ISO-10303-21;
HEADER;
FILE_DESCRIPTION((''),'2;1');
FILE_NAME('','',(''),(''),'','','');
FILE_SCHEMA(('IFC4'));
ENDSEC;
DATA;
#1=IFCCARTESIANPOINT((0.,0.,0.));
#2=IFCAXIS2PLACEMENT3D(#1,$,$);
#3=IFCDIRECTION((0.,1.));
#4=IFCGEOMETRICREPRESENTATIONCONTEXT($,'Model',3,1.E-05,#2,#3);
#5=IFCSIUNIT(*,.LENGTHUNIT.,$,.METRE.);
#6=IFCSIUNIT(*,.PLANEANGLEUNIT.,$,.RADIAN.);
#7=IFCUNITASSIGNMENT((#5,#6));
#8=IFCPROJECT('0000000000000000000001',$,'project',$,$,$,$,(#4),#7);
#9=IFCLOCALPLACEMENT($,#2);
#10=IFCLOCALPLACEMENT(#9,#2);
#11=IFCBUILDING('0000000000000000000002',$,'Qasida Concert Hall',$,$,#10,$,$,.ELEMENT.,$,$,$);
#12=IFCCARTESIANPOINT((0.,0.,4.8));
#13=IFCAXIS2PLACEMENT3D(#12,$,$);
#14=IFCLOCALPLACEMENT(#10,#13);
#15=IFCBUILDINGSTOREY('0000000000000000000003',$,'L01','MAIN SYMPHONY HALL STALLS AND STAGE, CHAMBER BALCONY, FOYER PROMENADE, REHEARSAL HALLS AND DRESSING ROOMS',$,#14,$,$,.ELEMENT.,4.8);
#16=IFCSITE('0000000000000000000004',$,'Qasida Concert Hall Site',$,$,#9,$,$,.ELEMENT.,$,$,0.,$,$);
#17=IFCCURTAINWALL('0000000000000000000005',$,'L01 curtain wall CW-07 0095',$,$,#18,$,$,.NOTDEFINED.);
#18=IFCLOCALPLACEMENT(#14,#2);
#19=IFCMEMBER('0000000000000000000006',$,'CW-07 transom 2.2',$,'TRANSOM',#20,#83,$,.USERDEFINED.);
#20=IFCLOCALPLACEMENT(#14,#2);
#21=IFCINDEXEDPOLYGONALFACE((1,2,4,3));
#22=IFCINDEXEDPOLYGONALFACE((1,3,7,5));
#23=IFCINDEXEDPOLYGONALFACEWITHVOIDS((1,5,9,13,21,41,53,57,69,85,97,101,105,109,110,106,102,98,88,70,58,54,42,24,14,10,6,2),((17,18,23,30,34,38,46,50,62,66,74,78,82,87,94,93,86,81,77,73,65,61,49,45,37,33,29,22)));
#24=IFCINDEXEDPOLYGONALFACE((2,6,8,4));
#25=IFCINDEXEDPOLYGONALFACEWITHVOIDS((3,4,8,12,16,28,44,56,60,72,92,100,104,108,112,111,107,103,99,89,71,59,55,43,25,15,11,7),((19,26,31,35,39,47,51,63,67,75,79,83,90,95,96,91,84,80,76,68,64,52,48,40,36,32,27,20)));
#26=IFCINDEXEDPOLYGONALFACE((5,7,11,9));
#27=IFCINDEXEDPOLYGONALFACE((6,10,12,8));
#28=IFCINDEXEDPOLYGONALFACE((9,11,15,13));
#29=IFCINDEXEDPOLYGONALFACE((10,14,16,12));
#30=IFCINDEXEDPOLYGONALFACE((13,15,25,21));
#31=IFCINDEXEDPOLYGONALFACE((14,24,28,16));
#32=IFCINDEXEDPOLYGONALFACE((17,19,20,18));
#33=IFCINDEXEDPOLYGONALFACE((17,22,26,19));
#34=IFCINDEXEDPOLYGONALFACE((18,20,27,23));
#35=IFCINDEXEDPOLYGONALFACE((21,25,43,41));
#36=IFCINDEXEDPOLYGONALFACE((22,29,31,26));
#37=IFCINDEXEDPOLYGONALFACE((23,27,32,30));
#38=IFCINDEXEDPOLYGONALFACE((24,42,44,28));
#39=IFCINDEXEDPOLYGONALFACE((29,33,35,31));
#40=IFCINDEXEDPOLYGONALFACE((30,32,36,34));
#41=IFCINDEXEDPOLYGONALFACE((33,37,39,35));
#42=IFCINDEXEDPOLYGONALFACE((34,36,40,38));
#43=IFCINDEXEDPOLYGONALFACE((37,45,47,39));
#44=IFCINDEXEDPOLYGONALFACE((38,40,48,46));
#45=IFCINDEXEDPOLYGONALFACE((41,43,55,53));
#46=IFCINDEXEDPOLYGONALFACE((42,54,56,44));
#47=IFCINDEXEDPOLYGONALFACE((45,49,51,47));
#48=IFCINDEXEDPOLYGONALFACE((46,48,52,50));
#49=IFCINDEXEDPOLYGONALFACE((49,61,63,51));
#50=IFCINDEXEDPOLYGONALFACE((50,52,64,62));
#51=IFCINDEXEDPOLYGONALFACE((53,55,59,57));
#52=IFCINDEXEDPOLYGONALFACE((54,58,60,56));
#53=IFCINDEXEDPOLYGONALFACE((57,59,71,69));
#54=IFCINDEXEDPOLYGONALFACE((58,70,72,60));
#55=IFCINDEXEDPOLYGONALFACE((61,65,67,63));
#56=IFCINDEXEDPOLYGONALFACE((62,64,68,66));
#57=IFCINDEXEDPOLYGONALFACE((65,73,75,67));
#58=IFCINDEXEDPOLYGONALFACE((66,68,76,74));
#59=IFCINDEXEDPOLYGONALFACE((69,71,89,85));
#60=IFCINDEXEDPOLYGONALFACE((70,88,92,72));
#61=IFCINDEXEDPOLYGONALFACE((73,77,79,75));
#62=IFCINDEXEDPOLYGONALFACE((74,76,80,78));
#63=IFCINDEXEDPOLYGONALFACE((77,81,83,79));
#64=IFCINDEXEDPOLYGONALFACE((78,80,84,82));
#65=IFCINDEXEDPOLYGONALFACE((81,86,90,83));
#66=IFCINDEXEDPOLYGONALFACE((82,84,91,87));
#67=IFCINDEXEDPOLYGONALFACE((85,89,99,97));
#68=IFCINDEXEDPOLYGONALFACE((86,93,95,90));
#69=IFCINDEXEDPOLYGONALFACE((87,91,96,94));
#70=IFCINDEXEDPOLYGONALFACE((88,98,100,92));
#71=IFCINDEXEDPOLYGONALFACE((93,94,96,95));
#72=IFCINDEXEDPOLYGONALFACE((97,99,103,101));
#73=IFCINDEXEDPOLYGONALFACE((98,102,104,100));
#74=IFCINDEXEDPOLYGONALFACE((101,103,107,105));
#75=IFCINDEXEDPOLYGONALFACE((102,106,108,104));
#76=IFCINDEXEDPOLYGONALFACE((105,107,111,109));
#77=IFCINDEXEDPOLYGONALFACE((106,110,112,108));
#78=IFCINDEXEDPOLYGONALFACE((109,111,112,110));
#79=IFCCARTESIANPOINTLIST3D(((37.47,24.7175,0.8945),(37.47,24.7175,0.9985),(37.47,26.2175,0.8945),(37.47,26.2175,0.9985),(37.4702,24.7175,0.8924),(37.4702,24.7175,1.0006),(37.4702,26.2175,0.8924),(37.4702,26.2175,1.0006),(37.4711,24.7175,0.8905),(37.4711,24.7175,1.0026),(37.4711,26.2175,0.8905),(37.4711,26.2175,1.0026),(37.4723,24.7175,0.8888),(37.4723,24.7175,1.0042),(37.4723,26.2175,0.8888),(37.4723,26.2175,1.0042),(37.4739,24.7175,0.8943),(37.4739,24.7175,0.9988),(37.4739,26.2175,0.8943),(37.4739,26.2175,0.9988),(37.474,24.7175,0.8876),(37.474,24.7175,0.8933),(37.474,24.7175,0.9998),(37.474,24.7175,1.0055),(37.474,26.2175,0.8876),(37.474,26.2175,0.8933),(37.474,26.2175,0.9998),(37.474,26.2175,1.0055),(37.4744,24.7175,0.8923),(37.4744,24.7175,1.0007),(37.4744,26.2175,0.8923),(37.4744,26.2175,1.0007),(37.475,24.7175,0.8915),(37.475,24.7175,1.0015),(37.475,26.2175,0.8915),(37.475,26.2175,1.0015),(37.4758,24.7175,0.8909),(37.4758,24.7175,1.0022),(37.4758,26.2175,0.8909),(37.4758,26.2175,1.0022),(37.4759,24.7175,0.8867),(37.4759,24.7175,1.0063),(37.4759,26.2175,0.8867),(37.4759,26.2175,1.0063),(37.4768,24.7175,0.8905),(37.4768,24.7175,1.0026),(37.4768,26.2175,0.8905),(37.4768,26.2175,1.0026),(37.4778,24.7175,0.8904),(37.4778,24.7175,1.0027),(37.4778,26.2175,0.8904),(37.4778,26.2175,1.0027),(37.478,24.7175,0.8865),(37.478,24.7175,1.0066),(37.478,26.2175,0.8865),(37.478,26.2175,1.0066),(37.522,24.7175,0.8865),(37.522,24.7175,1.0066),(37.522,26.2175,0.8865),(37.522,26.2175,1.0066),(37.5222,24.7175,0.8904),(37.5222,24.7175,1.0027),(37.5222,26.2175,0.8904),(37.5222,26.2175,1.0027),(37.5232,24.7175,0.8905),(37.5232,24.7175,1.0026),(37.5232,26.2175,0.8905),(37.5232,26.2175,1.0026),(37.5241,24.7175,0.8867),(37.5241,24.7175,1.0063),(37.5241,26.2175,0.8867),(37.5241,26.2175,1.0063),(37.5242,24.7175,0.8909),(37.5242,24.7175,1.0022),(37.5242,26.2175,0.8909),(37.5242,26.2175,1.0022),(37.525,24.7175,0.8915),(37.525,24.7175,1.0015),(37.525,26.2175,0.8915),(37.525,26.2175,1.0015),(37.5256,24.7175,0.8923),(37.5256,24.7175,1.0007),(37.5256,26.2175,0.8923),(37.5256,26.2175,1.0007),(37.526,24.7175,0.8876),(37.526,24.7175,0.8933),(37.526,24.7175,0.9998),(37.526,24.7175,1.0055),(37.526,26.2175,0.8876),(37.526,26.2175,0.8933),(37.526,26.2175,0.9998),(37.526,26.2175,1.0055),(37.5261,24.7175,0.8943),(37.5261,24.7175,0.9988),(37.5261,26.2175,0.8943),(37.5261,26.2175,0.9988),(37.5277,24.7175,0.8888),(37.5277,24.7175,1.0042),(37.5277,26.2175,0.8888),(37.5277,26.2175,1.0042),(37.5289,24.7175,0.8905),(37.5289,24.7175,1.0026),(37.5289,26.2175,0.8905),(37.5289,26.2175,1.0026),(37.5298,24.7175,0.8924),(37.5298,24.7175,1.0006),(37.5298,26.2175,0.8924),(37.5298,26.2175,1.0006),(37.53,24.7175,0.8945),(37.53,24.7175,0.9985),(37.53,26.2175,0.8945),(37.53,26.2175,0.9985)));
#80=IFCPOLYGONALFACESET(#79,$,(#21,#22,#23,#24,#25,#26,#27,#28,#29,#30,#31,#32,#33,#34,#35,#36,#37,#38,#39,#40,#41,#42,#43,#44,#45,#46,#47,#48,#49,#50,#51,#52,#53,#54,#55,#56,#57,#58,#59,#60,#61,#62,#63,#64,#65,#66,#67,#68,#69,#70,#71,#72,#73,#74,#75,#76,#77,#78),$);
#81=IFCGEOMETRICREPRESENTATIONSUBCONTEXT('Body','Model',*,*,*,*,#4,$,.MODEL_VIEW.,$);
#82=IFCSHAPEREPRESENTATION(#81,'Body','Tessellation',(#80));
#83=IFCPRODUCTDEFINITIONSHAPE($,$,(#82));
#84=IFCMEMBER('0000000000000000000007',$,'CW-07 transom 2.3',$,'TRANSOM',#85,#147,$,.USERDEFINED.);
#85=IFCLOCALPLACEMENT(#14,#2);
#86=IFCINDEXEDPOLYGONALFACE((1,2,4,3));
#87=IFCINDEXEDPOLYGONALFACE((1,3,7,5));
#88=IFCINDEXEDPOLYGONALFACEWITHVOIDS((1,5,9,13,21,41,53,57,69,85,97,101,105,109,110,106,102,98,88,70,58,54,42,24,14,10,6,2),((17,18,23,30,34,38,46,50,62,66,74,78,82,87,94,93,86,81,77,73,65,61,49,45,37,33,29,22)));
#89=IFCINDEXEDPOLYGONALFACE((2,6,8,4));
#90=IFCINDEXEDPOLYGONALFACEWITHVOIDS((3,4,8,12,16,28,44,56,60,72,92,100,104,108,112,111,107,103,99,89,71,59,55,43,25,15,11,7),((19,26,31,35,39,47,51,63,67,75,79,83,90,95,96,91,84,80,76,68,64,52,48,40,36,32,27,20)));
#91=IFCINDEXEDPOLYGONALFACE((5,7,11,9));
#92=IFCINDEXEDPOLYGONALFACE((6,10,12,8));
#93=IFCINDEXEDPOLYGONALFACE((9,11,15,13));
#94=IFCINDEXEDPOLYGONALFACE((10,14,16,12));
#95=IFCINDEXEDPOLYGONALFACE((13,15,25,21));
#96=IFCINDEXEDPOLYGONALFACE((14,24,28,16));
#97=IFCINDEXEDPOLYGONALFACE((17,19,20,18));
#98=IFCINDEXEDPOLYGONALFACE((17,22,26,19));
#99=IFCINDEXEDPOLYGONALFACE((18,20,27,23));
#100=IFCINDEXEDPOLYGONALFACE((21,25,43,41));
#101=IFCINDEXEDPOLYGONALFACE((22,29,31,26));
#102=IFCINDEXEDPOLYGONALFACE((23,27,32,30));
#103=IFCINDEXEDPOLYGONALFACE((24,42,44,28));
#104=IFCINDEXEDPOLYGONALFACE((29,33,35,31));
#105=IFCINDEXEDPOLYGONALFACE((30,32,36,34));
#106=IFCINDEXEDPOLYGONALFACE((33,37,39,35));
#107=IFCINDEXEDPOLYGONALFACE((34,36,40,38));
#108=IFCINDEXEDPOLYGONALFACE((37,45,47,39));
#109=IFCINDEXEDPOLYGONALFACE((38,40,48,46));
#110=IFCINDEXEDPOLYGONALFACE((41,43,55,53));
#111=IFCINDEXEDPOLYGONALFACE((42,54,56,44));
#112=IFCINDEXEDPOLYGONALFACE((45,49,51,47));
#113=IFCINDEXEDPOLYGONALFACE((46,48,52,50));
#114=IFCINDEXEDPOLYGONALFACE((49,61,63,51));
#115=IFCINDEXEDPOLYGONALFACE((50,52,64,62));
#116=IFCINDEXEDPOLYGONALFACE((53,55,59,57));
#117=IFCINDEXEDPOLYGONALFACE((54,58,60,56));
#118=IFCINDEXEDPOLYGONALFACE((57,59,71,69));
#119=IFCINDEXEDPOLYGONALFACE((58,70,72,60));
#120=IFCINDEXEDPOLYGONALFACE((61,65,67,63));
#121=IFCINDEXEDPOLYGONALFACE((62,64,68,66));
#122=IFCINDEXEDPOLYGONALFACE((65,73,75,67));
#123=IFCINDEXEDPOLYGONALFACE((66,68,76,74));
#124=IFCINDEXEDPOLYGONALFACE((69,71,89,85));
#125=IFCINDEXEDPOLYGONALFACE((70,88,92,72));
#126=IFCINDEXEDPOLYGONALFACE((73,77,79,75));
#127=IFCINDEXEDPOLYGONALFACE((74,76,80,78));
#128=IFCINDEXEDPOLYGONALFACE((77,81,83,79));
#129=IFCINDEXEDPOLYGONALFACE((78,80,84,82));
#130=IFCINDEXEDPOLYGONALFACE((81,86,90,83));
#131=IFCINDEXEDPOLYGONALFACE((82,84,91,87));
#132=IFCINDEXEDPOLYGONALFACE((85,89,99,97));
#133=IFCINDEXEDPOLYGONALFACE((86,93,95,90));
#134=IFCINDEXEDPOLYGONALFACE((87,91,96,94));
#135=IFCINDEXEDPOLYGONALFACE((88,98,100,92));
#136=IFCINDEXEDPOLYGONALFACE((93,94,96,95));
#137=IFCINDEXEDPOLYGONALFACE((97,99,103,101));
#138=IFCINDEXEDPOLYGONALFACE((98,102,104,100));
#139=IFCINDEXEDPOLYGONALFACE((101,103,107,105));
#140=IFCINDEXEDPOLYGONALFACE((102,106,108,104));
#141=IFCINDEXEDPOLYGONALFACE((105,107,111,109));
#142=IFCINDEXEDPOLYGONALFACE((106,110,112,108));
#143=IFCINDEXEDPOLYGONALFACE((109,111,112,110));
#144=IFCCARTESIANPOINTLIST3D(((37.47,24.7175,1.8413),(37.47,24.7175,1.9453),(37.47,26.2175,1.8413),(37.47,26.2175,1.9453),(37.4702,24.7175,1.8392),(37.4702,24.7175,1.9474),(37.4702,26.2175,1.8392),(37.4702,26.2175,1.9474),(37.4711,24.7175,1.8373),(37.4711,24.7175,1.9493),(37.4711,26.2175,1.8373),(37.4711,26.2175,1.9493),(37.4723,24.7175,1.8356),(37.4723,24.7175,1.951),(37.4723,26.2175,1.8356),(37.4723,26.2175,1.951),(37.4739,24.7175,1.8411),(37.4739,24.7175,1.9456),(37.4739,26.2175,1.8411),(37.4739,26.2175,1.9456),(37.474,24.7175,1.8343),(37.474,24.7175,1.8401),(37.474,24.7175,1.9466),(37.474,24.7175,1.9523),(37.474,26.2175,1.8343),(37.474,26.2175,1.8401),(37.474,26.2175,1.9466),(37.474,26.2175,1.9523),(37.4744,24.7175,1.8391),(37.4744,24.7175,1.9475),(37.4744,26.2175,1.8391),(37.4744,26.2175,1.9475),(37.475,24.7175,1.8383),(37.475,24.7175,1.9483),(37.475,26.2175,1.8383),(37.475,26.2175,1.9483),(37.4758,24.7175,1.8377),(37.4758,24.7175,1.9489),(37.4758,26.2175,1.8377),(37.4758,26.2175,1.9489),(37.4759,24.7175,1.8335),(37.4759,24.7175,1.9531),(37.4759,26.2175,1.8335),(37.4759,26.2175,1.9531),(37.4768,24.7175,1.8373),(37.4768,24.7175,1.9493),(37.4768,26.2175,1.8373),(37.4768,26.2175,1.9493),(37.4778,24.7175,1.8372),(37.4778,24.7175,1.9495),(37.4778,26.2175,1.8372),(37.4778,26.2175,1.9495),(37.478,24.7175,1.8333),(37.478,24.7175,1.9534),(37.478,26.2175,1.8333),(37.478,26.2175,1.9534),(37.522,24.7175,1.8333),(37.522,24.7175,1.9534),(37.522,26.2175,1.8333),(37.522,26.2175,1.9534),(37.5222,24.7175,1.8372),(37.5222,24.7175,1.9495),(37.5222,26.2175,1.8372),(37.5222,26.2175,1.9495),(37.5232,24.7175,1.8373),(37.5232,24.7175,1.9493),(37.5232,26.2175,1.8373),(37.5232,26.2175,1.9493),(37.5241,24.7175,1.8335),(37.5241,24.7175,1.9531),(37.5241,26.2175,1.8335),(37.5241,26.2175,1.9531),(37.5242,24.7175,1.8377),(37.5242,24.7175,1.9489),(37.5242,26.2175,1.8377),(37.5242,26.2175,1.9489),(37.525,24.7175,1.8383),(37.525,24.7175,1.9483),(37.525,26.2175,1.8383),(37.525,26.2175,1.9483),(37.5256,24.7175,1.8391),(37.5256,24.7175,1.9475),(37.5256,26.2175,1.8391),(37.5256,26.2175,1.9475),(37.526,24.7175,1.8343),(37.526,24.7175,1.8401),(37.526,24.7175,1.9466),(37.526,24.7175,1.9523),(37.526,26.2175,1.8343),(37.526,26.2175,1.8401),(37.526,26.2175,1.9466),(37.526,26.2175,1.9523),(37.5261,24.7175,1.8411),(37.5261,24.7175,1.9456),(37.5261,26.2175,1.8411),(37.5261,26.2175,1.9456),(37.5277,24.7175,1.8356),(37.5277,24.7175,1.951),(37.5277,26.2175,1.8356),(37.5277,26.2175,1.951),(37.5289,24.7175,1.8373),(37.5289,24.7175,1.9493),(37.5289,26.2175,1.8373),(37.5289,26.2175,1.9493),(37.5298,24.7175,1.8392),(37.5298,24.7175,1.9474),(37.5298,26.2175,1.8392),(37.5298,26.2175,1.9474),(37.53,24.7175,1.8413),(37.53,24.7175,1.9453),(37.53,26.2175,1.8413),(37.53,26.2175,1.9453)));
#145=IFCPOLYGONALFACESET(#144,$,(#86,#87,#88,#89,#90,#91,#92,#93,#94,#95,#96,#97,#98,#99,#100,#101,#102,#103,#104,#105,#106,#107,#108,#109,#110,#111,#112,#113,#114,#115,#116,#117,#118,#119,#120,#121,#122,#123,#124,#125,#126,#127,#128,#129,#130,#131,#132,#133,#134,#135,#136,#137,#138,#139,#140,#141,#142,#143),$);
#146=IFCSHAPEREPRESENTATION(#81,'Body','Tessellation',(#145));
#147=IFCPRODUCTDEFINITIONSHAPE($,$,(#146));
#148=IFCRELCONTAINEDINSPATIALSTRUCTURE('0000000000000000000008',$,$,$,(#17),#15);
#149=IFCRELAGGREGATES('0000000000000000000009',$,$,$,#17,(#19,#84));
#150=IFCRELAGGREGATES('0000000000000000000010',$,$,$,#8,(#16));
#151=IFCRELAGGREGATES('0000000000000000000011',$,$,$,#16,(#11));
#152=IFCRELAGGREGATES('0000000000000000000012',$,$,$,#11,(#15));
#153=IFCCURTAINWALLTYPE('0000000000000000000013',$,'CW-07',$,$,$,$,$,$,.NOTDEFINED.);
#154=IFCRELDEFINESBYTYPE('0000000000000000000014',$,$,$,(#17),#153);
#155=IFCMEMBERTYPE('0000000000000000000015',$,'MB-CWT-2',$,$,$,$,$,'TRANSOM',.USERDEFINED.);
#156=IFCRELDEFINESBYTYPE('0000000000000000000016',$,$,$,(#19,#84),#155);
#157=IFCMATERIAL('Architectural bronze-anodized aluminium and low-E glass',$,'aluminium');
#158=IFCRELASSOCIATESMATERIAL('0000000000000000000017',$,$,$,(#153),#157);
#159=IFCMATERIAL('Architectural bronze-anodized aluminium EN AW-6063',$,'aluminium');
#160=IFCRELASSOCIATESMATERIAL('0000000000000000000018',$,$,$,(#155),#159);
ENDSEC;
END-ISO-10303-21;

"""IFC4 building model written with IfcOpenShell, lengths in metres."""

from ifc_helpers import new_model, si_unit, direction, frame, origin, origin_2d, place, context, subcontext, project, spatial, hollow_rectangle, extrude, material, material_profile, profile_set, type_object, element, aggregate, save


model = new_model("IFC4")

# Units and contexts
model_context = context("Model", 3, precision=1e-05, world=origin(), true_north=direction((0.0, 1.0)))
body_context = subcontext(model_context, "Body", "Model", "MODEL_VIEW")
ifc_project = project(units=[si_unit("LENGTHUNIT", "METRE"), si_unit("PLANEANGLEUNIT", "RADIAN")], contexts=[model_context])

# Site, building, storey
site_placement = place(None, origin())
site = spatial("IfcSite", under=ifc_project, at=site_placement, Name="Qasida Concert Hall Site", CompositionType="ELEMENT", RefElevation=0.0)
building_placement = place(site_placement, origin())
building = spatial("IfcBuilding", under=site, at=building_placement, Name="Qasida Concert Hall", CompositionType="ELEMENT")
storey_placement = place(building_placement, frame((0.0, 0.0, 4.8)))
storey = spatial("IfcBuildingStorey", under=building, at=storey_placement, Name="L01", Description="MAIN SYMPHONY HALL STALLS AND STAGE, CHAMBER BALCONY, FOYER PROMENADE, REHEARSAL HALLS AND DRESSING ROOMS", CompositionType="ELEMENT", Elevation=4.8)

# Shared definitions
ifc_material_1 = material(Name="Architectural bronze-anodized aluminium and low-E glass", Category="aluminium")
curtain_wall_type = type_object("IfcCurtainWallType", Name="CW-07", PredefinedType="NOTDEFINED", material=ifc_material_1)
ifc_material_2 = material(Name="Architectural bronze-anodized aluminium EN AW-6063", Category="aluminium")

# Curtain wall, members
curtain_wall_1_placement = place(storey_placement, origin())
curtain_wall_1 = element("IfcCurtainWall", 1, at=curtain_wall_1_placement, inside=storey, type_object=curtain_wall_type, Name="L01 curtain wall CW-07 0095", PredefinedType="NOTDEFINED")
ifc_material_profile_1 = material_profile(ifc_material_2, hollow_rectangle(XDim=0.0601, YDim=0.1201, WallThickness=0.0039, InnerFilletRadius=0.0039, OuterFilletRadius=0.0081, at=origin_2d()), Name="CWT 120x60x4")
ifc_profile_set_1 = profile_set([ifc_material_profile_1], Name="Architectural bronze-anodized aluminium EN AW-6063")
member_type_1 = type_object("IfcMemberType", Name="MB-CWT-2", ElementType="TRANSOM", PredefinedType="USERDEFINED", material=ifc_profile_set_1)
member_1_placement = place(storey_placement, frame((37.5, 24.7175, 0.9465), z_axis=(0.0, 1.0, 0.0), x_axis=(-1.0, 0.0, 0.0)))
member_1 = element("IfcMember", 2, at=member_1_placement, type_object=member_type_1, Name="CW-07 transom 2.2", ObjectType="TRANSOM", PredefinedType="USERDEFINED", context=body_context, shape_type="SweptSolid", body=[
    extrude(hollow_rectangle(XDim=0.0601, YDim=0.1201, WallThickness=0.0039, InnerFilletRadius=0.0039, OuterFilletRadius=0.0081, at=origin_2d()), origin(), (0.0, 0.0, 1.0), 1.5),
])
member_2_placement = place(storey_placement, frame((37.5, 24.7175, 1.8933), z_axis=(0.0, 1.0, 0.0), x_axis=(-1.0, 0.0, 0.0)))
member_2 = element("IfcMember", 3, at=member_2_placement, type_object=member_type_1, Name="CW-07 transom 2.3", ObjectType="TRANSOM", PredefinedType="USERDEFINED", context=body_context, shape_type="SweptSolid", body=[
    extrude(hollow_rectangle(XDim=0.0601, YDim=0.1201, WallThickness=0.0039, InnerFilletRadius=0.0039, OuterFilletRadius=0.0081, at=origin_2d()), origin(), (0.0, 0.0, 1.0), 1.5),
])

aggregate(curtain_wall_1, [member_1, member_2])

save(model, "model.ifc")
